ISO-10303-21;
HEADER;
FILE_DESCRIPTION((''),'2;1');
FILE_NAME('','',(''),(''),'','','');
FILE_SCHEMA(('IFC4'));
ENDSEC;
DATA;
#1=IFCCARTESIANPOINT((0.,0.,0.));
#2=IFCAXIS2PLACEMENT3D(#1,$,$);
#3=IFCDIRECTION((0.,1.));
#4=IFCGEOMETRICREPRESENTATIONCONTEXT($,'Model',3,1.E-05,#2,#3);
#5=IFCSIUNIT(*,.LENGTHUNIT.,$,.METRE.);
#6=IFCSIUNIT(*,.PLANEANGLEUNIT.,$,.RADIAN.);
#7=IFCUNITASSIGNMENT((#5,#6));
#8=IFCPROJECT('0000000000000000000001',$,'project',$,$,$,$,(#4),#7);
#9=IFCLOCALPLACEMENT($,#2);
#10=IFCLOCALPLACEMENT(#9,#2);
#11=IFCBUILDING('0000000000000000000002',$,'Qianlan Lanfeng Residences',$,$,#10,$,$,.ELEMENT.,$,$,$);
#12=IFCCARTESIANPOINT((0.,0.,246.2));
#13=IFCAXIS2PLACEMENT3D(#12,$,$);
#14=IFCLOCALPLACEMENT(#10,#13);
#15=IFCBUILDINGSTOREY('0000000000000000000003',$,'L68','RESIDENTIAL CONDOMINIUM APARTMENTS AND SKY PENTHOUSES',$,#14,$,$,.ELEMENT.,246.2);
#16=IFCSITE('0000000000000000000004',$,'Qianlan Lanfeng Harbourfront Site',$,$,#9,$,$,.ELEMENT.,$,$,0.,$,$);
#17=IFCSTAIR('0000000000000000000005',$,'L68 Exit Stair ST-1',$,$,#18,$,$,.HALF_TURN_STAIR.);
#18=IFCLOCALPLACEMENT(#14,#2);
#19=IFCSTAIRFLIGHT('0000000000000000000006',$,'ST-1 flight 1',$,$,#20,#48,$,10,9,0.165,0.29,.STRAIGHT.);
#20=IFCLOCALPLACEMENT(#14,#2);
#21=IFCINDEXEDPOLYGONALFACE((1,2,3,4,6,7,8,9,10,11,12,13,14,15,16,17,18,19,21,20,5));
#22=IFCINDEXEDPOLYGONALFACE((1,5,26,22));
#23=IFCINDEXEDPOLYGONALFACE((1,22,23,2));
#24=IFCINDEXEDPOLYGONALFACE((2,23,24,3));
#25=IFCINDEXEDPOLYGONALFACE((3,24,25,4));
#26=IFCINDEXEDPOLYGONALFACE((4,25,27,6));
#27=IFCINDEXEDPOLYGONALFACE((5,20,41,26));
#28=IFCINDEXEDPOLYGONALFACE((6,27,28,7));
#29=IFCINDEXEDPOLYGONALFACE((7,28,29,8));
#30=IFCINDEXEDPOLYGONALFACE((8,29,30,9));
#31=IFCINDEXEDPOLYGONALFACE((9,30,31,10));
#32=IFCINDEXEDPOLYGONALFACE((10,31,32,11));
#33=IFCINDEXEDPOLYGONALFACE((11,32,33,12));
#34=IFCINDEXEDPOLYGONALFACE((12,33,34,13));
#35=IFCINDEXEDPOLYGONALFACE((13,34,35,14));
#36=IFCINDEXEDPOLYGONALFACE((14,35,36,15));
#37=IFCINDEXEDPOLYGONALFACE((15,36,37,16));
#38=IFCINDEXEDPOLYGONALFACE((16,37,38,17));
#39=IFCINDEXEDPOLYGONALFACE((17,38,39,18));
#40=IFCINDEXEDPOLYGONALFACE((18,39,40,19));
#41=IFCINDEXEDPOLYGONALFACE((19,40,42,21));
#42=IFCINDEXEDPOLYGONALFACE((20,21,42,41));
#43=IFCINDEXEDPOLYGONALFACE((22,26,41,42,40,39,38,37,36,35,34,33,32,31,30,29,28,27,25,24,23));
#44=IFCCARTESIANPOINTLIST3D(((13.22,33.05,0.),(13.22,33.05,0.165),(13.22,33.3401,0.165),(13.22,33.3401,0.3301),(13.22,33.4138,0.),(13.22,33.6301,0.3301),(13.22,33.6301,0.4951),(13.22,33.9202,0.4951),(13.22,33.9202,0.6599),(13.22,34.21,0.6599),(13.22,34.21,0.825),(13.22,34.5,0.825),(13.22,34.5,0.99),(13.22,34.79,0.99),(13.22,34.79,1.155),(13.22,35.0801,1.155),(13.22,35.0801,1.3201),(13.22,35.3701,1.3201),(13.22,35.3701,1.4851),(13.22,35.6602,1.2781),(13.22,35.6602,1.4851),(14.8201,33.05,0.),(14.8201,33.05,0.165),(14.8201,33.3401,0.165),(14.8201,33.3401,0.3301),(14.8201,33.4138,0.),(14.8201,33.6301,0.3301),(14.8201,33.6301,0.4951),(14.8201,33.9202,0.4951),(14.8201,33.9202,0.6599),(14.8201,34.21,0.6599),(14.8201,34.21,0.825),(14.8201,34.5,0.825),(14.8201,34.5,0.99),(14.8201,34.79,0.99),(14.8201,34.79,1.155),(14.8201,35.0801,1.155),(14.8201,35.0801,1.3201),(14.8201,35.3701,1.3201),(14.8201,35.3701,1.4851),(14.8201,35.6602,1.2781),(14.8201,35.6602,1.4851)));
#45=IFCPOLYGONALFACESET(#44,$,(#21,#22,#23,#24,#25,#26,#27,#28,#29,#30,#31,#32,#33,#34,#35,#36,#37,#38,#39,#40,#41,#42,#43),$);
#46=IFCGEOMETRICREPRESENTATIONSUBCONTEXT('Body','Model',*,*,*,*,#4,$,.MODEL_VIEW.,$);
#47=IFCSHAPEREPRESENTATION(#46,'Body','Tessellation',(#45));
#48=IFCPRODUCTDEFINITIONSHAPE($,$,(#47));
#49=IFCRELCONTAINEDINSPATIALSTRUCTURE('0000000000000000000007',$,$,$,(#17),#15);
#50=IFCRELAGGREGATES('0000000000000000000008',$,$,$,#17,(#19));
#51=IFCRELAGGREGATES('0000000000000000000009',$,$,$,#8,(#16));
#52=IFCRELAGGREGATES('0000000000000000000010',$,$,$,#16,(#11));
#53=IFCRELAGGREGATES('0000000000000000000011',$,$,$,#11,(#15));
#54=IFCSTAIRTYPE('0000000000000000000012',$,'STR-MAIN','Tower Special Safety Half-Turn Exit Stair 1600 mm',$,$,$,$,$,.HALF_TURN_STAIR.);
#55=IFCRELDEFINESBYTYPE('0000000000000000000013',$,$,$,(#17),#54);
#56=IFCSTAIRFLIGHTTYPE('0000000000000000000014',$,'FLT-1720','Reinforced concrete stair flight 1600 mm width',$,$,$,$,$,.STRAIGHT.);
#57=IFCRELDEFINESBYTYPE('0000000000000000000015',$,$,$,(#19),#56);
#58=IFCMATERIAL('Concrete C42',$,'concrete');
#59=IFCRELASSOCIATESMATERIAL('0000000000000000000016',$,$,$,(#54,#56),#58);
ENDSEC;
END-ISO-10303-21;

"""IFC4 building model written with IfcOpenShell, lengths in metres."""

from ifc_helpers import new_model, si_unit, direction, frame, origin, place, context, subcontext, project, spatial, polyline, outline, extrude, material, type_object, element, aggregate, save


model = new_model("IFC4")

# Units and contexts
model_context = context("Model", 3, precision=1e-05, world=origin(), true_north=direction((0.0, 1.0)))
body_context = subcontext(model_context, "Body", "Model", "MODEL_VIEW")
ifc_project = project(units=[si_unit("LENGTHUNIT", "METRE"), si_unit("PLANEANGLEUNIT", "RADIAN")], contexts=[model_context])

# Site, building, storey
site_placement = place(None, origin())
site = spatial("IfcSite", under=ifc_project, at=site_placement, Name="Qianlan Lanfeng Harbourfront Site", CompositionType="ELEMENT", RefElevation=0.0)
building_placement = place(site_placement, origin())
building = spatial("IfcBuilding", under=site, at=building_placement, Name="Qianlan Lanfeng Residences", CompositionType="ELEMENT")
storey_placement = place(building_placement, frame((0.0, 0.0, 246.2)))
storey = spatial("IfcBuildingStorey", under=building, at=storey_placement, Name="L68", Description="RESIDENTIAL CONDOMINIUM APARTMENTS AND SKY PENTHOUSES", CompositionType="ELEMENT", Elevation=246.2)

# Stair, stair flight
ifc_material_1 = material(Name="Concrete C42", Category="concrete")
stair_type = type_object("IfcStairType", Name="STR-MAIN", Description="Tower Special Safety Half-Turn Exit Stair 1600 mm", PredefinedType="HALF_TURN_STAIR", material=ifc_material_1)
stair_placement = place(storey_placement, origin())
stair = element("IfcStair", 1, at=stair_placement, inside=storey, type_object=stair_type, Name="L68 Exit Stair ST-1", PredefinedType="HALF_TURN_STAIR")
stair_flight_type = type_object("IfcStairFlightType", Name="FLT-1720", Description="Reinforced concrete stair flight 1600 mm width", PredefinedType="STRAIGHT", material=ifc_material_1)
stair_flight_placement = place(storey_placement, frame((14.02, 33.05, 0.0), z_axis=(0.0, 0.0, 1.0), x_axis=(0.0, 1.0, 0.0)))
stair_flight = element("IfcStairFlight", 2, at=stair_flight_placement, type_object=stair_flight_type, Name="ST-1 flight 1", NumberOfRisers=10, NumberOfTreads=9, PredefinedType="STRAIGHT", RiserHeight=0.165, TreadLength=0.29, context=body_context, shape_type="SweptSolid", body=[
    extrude(outline(polyline([(0.0, 0.0), (0.0, 0.165), (0.29, 0.165), (0.29, 0.3301), (0.5801, 0.3301), (0.5801, 0.4951), (0.8701, 0.4951), (0.8701, 0.6599), (1.1599, 0.6599), (1.1599, 0.825), (1.45, 0.825), (1.45, 0.99), (1.74, 0.99), (1.74, 1.155), (2.03, 1.155), (2.03, 1.3201), (2.3201, 1.3201), (2.3201, 1.4851), (2.6101, 1.4851), (2.6101, 1.6499), (2.6101, 1.2781), (0.3638, 0.0), (0.0, 0.0)])), frame((0.0, 0.8, 0.0), z_axis=(0.0, -1.0, 0.0), x_axis=(1.0, 0.0, 0.0)), (0.0, 0.0, 1.0), 1.6001),
])
aggregate(stair, [stair_flight])

save(model, "model.ifc")
